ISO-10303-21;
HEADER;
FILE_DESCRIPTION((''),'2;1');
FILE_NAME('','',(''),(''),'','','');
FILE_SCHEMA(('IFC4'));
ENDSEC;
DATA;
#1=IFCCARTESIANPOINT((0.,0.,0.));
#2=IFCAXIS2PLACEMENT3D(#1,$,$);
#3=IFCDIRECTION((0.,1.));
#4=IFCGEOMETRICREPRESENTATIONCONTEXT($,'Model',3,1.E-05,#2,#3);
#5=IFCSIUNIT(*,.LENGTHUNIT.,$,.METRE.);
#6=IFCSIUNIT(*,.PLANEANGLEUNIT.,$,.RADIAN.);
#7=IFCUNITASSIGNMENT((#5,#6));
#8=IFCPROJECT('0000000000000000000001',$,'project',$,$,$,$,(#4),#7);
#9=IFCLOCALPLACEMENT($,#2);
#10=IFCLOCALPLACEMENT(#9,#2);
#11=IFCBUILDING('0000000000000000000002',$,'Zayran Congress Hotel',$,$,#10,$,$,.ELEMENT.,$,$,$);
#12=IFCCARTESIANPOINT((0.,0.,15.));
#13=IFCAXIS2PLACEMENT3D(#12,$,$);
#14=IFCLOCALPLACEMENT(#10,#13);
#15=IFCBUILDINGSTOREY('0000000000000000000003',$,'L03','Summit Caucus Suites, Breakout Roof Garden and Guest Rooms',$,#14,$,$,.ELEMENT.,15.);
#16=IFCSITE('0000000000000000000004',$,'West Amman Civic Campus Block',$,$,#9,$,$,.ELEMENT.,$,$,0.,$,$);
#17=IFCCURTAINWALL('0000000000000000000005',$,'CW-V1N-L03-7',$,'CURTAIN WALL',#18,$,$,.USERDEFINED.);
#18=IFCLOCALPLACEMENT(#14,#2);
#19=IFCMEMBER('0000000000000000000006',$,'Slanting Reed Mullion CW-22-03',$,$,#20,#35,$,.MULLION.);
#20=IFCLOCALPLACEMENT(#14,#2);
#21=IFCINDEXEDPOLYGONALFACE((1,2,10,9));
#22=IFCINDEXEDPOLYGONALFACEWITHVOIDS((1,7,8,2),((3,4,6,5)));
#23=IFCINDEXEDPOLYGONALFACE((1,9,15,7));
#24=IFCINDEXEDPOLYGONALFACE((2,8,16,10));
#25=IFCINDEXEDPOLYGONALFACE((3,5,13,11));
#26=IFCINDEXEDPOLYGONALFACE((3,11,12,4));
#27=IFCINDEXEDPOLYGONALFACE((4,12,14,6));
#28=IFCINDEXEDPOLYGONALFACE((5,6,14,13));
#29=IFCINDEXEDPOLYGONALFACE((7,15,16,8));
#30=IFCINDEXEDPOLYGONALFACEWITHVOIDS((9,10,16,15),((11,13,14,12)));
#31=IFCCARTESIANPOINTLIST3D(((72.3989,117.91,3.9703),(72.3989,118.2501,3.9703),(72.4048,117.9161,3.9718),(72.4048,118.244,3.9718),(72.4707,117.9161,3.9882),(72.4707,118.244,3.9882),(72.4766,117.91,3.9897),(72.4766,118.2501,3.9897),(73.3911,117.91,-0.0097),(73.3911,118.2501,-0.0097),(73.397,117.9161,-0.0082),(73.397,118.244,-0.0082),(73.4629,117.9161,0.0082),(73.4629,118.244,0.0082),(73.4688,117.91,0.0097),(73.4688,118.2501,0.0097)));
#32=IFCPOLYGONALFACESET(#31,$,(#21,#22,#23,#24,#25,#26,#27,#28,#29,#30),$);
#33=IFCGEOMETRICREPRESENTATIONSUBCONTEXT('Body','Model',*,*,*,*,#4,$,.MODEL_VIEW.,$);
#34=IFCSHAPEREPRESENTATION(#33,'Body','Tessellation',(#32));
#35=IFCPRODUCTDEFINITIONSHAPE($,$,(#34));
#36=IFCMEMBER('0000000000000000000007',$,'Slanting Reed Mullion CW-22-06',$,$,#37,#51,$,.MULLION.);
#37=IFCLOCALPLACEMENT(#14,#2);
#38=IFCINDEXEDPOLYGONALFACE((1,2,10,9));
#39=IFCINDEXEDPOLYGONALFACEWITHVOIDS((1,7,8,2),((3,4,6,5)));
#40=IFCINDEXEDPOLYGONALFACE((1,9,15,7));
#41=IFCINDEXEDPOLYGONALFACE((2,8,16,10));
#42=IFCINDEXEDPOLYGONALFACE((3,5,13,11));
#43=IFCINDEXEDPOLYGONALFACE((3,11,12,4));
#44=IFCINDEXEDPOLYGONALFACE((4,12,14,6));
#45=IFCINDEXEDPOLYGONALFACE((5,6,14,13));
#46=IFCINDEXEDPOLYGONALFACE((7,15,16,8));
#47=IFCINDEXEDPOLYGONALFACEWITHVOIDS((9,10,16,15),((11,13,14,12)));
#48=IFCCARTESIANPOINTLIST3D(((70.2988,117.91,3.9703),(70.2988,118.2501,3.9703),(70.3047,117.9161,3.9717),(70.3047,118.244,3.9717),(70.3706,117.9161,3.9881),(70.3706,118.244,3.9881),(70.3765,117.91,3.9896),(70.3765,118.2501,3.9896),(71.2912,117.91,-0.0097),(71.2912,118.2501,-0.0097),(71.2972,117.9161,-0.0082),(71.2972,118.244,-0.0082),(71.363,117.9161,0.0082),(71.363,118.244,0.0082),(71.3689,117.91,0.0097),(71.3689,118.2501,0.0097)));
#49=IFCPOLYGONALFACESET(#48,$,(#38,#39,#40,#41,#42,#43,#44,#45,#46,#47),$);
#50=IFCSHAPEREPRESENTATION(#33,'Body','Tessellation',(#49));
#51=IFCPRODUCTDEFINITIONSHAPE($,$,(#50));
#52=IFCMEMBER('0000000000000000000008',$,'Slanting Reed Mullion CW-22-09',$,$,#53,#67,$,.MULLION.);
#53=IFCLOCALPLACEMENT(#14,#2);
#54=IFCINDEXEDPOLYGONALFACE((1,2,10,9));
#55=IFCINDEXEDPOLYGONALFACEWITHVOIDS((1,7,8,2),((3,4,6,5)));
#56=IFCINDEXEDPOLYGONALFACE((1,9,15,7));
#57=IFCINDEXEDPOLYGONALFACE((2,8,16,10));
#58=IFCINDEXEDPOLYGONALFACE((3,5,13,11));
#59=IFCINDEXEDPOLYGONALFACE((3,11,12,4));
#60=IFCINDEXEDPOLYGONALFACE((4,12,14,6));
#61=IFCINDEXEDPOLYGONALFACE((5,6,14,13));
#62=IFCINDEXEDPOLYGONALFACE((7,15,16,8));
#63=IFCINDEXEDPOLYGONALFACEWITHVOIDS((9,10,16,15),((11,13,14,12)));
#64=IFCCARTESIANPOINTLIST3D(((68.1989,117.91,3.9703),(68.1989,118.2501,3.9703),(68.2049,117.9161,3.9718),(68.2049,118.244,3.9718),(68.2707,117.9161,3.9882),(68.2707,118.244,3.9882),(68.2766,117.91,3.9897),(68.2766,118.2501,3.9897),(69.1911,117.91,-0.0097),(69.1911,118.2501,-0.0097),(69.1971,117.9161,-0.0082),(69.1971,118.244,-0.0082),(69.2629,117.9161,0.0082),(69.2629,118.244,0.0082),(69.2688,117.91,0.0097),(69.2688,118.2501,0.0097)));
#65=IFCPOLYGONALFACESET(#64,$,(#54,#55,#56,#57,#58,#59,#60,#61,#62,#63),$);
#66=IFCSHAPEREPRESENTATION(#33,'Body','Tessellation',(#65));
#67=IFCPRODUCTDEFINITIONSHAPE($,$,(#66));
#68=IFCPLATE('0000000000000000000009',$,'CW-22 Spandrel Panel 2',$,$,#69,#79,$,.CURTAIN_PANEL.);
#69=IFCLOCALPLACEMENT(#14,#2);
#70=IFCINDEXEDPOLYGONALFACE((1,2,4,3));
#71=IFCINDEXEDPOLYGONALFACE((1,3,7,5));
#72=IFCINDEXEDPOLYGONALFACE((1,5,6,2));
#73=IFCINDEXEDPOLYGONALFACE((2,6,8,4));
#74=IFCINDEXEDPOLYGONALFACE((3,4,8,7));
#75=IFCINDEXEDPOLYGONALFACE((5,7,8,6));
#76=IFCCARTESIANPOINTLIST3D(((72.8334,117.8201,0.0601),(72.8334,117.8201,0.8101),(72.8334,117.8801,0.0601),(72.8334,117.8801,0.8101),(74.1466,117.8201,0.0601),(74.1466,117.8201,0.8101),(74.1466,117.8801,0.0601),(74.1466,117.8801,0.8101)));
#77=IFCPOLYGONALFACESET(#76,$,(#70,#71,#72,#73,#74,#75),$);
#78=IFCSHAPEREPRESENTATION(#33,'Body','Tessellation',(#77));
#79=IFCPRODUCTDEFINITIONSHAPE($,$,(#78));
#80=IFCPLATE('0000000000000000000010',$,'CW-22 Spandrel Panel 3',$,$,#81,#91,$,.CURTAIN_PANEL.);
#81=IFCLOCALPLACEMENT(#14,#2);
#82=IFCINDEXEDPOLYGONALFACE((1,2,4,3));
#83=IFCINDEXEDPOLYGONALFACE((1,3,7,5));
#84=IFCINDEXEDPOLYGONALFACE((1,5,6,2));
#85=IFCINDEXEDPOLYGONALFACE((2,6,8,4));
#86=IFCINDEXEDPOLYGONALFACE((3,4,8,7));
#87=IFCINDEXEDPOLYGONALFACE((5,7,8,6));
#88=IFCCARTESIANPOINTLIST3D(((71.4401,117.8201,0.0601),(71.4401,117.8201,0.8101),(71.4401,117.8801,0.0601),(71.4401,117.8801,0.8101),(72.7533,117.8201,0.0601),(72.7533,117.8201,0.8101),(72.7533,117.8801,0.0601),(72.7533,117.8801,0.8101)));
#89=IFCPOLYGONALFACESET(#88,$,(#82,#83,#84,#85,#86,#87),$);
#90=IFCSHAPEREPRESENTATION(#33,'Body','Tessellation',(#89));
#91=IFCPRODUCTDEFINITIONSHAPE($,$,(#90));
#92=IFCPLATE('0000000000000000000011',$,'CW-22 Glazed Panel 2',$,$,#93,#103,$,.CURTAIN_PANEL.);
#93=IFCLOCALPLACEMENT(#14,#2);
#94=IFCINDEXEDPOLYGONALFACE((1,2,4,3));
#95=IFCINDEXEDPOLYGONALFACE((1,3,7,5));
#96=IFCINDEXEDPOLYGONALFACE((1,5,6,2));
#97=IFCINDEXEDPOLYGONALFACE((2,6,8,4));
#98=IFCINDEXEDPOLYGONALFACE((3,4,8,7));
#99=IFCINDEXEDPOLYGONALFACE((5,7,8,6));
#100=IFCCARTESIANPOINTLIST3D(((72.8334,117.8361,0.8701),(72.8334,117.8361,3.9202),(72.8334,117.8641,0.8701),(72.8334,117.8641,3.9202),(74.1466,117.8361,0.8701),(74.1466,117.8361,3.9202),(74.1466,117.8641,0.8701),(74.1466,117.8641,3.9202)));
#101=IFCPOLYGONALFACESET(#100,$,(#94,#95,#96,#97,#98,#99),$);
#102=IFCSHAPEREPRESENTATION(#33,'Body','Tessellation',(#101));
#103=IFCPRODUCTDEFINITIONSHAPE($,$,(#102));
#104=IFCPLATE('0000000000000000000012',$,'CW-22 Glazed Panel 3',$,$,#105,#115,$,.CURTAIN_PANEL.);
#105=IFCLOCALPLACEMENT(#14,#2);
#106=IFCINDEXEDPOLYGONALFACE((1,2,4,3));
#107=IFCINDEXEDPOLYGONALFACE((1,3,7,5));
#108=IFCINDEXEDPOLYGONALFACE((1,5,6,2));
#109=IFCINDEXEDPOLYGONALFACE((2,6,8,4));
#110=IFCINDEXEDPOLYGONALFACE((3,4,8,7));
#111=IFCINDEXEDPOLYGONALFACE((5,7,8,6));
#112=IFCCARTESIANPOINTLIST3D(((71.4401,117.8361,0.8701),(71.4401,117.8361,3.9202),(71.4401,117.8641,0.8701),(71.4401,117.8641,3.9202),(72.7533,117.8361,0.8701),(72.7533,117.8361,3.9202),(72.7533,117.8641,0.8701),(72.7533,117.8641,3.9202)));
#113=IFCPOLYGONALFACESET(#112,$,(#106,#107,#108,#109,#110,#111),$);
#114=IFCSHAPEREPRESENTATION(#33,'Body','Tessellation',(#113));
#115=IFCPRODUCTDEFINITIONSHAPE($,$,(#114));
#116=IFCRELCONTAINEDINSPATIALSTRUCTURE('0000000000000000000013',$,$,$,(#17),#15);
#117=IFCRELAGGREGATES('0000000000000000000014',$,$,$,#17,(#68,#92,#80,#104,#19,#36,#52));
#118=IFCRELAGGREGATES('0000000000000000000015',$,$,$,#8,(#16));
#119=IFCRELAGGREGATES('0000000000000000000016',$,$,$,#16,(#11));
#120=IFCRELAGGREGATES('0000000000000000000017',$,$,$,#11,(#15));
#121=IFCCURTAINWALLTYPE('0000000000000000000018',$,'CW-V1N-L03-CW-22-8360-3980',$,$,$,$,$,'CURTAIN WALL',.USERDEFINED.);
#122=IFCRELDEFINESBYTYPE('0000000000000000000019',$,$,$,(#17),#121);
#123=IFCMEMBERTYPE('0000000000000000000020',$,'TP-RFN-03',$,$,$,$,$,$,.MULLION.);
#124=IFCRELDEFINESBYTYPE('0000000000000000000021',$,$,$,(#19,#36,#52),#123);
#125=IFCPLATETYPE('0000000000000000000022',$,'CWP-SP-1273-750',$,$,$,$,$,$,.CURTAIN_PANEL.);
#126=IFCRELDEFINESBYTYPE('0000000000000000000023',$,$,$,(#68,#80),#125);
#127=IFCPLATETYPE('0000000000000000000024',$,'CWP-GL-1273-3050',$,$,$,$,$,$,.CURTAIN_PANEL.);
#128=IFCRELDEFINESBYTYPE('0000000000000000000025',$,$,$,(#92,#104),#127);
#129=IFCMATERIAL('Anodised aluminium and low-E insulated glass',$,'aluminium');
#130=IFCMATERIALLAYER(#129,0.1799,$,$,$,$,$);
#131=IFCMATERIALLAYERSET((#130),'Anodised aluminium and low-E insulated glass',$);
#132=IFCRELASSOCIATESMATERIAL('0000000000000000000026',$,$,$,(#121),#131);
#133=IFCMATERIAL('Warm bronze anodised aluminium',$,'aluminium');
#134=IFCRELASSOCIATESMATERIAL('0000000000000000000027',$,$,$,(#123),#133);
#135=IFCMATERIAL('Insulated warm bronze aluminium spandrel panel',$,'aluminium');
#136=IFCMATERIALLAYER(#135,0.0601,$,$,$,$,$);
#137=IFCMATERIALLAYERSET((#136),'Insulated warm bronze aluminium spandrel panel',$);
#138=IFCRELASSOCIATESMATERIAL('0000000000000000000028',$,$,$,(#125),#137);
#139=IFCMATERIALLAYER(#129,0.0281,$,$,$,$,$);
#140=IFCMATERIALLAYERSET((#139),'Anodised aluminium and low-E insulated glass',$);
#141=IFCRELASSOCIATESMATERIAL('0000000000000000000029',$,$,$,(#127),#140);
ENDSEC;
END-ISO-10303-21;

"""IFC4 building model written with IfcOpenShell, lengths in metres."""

from ifc_helpers import new_model, si_unit, direction, frame, origin, origin_2d, place, context, subcontext, project, spatial, rectangle, hollow_rectangle, extrude, material, layer, layer_set, material_profile, profile_set, type_object, element, aggregate, save


model = new_model("IFC4")

# Units and contexts
model_context = context("Model", 3, precision=1e-05, world=origin(), true_north=direction((0.0, 1.0)))
body_context = subcontext(model_context, "Body", "Model", "MODEL_VIEW")
ifc_project = project(units=[si_unit("LENGTHUNIT", "METRE"), si_unit("PLANEANGLEUNIT", "RADIAN")], contexts=[model_context])

# Site, building, storey
site_placement = place(None, origin())
site = spatial("IfcSite", under=ifc_project, at=site_placement, Name="West Amman Civic Campus Block", CompositionType="ELEMENT", RefElevation=0.0)
building_placement = place(site_placement, origin())
building = spatial("IfcBuilding", under=site, at=building_placement, Name="Zayran Congress Hotel", CompositionType="ELEMENT")
storey_placement = place(building_placement, frame((0.0, 0.0, 15.0)))
storey = spatial("IfcBuildingStorey", under=building, at=storey_placement, Name="L03", Description="Summit Caucus Suites, Breakout Roof Garden and Guest Rooms", CompositionType="ELEMENT", Elevation=15.0)

# Curtain wall
ifc_material_1 = material(Name="Anodised aluminium and low-E insulated glass", Category="aluminium")
ifc_layer_1 = layer(ifc_material_1, 0.1799)
ifc_layer_set_1 = layer_set([ifc_layer_1], Name="Anodised aluminium and low-E insulated glass")
curtain_wall_type_1 = type_object("IfcCurtainWallType", Name="CW-V1N-L03-CW-22-8360-3980", ElementType="CURTAIN WALL", PredefinedType="USERDEFINED", material=ifc_layer_set_1)
curtain_wall_1_placement = place(storey_placement, origin())
curtain_wall_1 = element("IfcCurtainWall", 1, at=curtain_wall_1_placement, inside=storey, type_object=curtain_wall_type_1, Name="CW-V1N-L03-7", ObjectType="CURTAIN WALL", PredefinedType="USERDEFINED")
ifc_material_2 = material(Name="Warm bronze anodised aluminium", Category="aluminium")

# Members
ifc_material_profile_1 = material_profile(ifc_material_2, hollow_rectangle(XDim=0.0801, YDim=0.3401, WallThickness=0.0061, at=origin_2d()), Name="RHS 340x80x6")
ifc_profile_set_1 = profile_set([ifc_material_profile_1], Name="Warm bronze anodised aluminium")
member_type_1 = type_object("IfcMemberType", Name="TP-RFN-03", PredefinedType="MULLION", material=ifc_profile_set_1)
member_1_placement = place(storey_placement, frame((73.4299, 118.0801, 0.0), z_axis=(-0.241891, 0.0, 0.970303), x_axis=(0.970303, 0.0, 0.241891)))
member_1 = element("IfcMember", 2, at=member_1_placement, type_object=member_type_1, Name="Slanting Reed Mullion CW-22-03", PredefinedType="MULLION", context=body_context, shape_type="SweptSolid", body=[
    extrude(hollow_rectangle(XDim=0.0801, YDim=0.3401, WallThickness=0.0061, at=origin_2d()), origin(), (0.0, 0.0, 1.0), 4.1018),
])
member_2_placement = place(storey_placement, frame((71.3301, 118.0801, 0.0), z_axis=(-0.241947, 0.0, 0.970289), x_axis=(0.970289, 0.0, 0.241947)))
member_2 = element("IfcMember", 3, at=member_2_placement, type_object=member_type_1, Name="Slanting Reed Mullion CW-22-06", PredefinedType="MULLION", context=body_context, shape_type="SweptSolid", body=[
    extrude(hollow_rectangle(XDim=0.0801, YDim=0.3401, WallThickness=0.0061, at=origin_2d()), origin(), (0.0, 0.0, 1.0), 4.1018),
])
member_3_placement = place(storey_placement, frame((69.23, 118.0801, 0.0), z_axis=(-0.241891, 0.0, 0.970303), x_axis=(0.970303, 0.0, 0.241891)))
member_3 = element("IfcMember", 4, at=member_3_placement, type_object=member_type_1, Name="Slanting Reed Mullion CW-22-09", PredefinedType="MULLION", context=body_context, shape_type="SweptSolid", body=[
    extrude(hollow_rectangle(XDim=0.0801, YDim=0.3401, WallThickness=0.0061, at=origin_2d()), origin(), (0.0, 0.0, 1.0), 4.1018),
])

# Plates
ifc_material_3 = material(Name="Insulated warm bronze aluminium spandrel panel", Category="aluminium")
ifc_layer_2 = layer(ifc_material_3, 0.0601)
ifc_layer_set_2 = layer_set([ifc_layer_2], Name="Insulated warm bronze aluminium spandrel panel")
plate_type_1 = type_object("IfcPlateType", Name="CWP-SP-1273-750", PredefinedType="CURTAIN_PANEL", material=ifc_layer_set_2)
plate_1_placement = place(storey_placement, frame((73.49, 117.8501, 0.0601), z_axis=(0.0, 0.0, 1.0), x_axis=(1.0, 0.0, 0.0)))
plate_1 = element("IfcPlate", 5, at=plate_1_placement, type_object=plate_type_1, Name="CW-22 Spandrel Panel 2", PredefinedType="CURTAIN_PANEL", context=body_context, shape_type="SweptSolid", body=[
    extrude(rectangle(XDim=1.3132, YDim=0.0601, at=origin_2d()), origin(), (0.0, 0.0, 1.0), 0.75),
])
plate_2_placement = place(storey_placement, frame((72.0967, 117.8501, 0.0601), z_axis=(0.0, 0.0, 1.0), x_axis=(1.0, 0.0, 0.0)))
plate_2 = element("IfcPlate", 6, at=plate_2_placement, type_object=plate_type_1, Name="CW-22 Spandrel Panel 3", PredefinedType="CURTAIN_PANEL", context=body_context, shape_type="SweptSolid", body=[
    extrude(rectangle(XDim=1.3132, YDim=0.0601, at=origin_2d()), origin(), (0.0, 0.0, 1.0), 0.75),
])
ifc_layer_3 = layer(ifc_material_1, 0.0281)
ifc_layer_set_3 = layer_set([ifc_layer_3], Name="Anodised aluminium and low-E insulated glass")
plate_type_2 = type_object("IfcPlateType", Name="CWP-GL-1273-3050", PredefinedType="CURTAIN_PANEL", material=ifc_layer_set_3)
plate_3_placement = place(storey_placement, frame((73.49, 117.8501, 0.8701), z_axis=(0.0, 0.0, 1.0), x_axis=(1.0, 0.0, 0.0)))
plate_3 = element("IfcPlate", 7, at=plate_3_placement, type_object=plate_type_2, Name="CW-22 Glazed Panel 2", PredefinedType="CURTAIN_PANEL", context=body_context, shape_type="SweptSolid", body=[
    extrude(rectangle(XDim=1.3132, YDim=0.0281, at=origin_2d()), origin(), (0.0, 0.0, 1.0), 3.05),
])
plate_4_placement = place(storey_placement, frame((72.0967, 117.8501, 0.8701), z_axis=(0.0, 0.0, 1.0), x_axis=(1.0, 0.0, 0.0)))
plate_4 = element("IfcPlate", 8, at=plate_4_placement, type_object=plate_type_2, Name="CW-22 Glazed Panel 3", PredefinedType="CURTAIN_PANEL", context=body_context, shape_type="SweptSolid", body=[
    extrude(rectangle(XDim=1.3132, YDim=0.0281, at=origin_2d()), origin(), (0.0, 0.0, 1.0), 3.05),
])
aggregate(curtain_wall_1, [plate_1, plate_3, plate_2, plate_4, member_1, member_2, member_3])

save(model, "model.ifc")
